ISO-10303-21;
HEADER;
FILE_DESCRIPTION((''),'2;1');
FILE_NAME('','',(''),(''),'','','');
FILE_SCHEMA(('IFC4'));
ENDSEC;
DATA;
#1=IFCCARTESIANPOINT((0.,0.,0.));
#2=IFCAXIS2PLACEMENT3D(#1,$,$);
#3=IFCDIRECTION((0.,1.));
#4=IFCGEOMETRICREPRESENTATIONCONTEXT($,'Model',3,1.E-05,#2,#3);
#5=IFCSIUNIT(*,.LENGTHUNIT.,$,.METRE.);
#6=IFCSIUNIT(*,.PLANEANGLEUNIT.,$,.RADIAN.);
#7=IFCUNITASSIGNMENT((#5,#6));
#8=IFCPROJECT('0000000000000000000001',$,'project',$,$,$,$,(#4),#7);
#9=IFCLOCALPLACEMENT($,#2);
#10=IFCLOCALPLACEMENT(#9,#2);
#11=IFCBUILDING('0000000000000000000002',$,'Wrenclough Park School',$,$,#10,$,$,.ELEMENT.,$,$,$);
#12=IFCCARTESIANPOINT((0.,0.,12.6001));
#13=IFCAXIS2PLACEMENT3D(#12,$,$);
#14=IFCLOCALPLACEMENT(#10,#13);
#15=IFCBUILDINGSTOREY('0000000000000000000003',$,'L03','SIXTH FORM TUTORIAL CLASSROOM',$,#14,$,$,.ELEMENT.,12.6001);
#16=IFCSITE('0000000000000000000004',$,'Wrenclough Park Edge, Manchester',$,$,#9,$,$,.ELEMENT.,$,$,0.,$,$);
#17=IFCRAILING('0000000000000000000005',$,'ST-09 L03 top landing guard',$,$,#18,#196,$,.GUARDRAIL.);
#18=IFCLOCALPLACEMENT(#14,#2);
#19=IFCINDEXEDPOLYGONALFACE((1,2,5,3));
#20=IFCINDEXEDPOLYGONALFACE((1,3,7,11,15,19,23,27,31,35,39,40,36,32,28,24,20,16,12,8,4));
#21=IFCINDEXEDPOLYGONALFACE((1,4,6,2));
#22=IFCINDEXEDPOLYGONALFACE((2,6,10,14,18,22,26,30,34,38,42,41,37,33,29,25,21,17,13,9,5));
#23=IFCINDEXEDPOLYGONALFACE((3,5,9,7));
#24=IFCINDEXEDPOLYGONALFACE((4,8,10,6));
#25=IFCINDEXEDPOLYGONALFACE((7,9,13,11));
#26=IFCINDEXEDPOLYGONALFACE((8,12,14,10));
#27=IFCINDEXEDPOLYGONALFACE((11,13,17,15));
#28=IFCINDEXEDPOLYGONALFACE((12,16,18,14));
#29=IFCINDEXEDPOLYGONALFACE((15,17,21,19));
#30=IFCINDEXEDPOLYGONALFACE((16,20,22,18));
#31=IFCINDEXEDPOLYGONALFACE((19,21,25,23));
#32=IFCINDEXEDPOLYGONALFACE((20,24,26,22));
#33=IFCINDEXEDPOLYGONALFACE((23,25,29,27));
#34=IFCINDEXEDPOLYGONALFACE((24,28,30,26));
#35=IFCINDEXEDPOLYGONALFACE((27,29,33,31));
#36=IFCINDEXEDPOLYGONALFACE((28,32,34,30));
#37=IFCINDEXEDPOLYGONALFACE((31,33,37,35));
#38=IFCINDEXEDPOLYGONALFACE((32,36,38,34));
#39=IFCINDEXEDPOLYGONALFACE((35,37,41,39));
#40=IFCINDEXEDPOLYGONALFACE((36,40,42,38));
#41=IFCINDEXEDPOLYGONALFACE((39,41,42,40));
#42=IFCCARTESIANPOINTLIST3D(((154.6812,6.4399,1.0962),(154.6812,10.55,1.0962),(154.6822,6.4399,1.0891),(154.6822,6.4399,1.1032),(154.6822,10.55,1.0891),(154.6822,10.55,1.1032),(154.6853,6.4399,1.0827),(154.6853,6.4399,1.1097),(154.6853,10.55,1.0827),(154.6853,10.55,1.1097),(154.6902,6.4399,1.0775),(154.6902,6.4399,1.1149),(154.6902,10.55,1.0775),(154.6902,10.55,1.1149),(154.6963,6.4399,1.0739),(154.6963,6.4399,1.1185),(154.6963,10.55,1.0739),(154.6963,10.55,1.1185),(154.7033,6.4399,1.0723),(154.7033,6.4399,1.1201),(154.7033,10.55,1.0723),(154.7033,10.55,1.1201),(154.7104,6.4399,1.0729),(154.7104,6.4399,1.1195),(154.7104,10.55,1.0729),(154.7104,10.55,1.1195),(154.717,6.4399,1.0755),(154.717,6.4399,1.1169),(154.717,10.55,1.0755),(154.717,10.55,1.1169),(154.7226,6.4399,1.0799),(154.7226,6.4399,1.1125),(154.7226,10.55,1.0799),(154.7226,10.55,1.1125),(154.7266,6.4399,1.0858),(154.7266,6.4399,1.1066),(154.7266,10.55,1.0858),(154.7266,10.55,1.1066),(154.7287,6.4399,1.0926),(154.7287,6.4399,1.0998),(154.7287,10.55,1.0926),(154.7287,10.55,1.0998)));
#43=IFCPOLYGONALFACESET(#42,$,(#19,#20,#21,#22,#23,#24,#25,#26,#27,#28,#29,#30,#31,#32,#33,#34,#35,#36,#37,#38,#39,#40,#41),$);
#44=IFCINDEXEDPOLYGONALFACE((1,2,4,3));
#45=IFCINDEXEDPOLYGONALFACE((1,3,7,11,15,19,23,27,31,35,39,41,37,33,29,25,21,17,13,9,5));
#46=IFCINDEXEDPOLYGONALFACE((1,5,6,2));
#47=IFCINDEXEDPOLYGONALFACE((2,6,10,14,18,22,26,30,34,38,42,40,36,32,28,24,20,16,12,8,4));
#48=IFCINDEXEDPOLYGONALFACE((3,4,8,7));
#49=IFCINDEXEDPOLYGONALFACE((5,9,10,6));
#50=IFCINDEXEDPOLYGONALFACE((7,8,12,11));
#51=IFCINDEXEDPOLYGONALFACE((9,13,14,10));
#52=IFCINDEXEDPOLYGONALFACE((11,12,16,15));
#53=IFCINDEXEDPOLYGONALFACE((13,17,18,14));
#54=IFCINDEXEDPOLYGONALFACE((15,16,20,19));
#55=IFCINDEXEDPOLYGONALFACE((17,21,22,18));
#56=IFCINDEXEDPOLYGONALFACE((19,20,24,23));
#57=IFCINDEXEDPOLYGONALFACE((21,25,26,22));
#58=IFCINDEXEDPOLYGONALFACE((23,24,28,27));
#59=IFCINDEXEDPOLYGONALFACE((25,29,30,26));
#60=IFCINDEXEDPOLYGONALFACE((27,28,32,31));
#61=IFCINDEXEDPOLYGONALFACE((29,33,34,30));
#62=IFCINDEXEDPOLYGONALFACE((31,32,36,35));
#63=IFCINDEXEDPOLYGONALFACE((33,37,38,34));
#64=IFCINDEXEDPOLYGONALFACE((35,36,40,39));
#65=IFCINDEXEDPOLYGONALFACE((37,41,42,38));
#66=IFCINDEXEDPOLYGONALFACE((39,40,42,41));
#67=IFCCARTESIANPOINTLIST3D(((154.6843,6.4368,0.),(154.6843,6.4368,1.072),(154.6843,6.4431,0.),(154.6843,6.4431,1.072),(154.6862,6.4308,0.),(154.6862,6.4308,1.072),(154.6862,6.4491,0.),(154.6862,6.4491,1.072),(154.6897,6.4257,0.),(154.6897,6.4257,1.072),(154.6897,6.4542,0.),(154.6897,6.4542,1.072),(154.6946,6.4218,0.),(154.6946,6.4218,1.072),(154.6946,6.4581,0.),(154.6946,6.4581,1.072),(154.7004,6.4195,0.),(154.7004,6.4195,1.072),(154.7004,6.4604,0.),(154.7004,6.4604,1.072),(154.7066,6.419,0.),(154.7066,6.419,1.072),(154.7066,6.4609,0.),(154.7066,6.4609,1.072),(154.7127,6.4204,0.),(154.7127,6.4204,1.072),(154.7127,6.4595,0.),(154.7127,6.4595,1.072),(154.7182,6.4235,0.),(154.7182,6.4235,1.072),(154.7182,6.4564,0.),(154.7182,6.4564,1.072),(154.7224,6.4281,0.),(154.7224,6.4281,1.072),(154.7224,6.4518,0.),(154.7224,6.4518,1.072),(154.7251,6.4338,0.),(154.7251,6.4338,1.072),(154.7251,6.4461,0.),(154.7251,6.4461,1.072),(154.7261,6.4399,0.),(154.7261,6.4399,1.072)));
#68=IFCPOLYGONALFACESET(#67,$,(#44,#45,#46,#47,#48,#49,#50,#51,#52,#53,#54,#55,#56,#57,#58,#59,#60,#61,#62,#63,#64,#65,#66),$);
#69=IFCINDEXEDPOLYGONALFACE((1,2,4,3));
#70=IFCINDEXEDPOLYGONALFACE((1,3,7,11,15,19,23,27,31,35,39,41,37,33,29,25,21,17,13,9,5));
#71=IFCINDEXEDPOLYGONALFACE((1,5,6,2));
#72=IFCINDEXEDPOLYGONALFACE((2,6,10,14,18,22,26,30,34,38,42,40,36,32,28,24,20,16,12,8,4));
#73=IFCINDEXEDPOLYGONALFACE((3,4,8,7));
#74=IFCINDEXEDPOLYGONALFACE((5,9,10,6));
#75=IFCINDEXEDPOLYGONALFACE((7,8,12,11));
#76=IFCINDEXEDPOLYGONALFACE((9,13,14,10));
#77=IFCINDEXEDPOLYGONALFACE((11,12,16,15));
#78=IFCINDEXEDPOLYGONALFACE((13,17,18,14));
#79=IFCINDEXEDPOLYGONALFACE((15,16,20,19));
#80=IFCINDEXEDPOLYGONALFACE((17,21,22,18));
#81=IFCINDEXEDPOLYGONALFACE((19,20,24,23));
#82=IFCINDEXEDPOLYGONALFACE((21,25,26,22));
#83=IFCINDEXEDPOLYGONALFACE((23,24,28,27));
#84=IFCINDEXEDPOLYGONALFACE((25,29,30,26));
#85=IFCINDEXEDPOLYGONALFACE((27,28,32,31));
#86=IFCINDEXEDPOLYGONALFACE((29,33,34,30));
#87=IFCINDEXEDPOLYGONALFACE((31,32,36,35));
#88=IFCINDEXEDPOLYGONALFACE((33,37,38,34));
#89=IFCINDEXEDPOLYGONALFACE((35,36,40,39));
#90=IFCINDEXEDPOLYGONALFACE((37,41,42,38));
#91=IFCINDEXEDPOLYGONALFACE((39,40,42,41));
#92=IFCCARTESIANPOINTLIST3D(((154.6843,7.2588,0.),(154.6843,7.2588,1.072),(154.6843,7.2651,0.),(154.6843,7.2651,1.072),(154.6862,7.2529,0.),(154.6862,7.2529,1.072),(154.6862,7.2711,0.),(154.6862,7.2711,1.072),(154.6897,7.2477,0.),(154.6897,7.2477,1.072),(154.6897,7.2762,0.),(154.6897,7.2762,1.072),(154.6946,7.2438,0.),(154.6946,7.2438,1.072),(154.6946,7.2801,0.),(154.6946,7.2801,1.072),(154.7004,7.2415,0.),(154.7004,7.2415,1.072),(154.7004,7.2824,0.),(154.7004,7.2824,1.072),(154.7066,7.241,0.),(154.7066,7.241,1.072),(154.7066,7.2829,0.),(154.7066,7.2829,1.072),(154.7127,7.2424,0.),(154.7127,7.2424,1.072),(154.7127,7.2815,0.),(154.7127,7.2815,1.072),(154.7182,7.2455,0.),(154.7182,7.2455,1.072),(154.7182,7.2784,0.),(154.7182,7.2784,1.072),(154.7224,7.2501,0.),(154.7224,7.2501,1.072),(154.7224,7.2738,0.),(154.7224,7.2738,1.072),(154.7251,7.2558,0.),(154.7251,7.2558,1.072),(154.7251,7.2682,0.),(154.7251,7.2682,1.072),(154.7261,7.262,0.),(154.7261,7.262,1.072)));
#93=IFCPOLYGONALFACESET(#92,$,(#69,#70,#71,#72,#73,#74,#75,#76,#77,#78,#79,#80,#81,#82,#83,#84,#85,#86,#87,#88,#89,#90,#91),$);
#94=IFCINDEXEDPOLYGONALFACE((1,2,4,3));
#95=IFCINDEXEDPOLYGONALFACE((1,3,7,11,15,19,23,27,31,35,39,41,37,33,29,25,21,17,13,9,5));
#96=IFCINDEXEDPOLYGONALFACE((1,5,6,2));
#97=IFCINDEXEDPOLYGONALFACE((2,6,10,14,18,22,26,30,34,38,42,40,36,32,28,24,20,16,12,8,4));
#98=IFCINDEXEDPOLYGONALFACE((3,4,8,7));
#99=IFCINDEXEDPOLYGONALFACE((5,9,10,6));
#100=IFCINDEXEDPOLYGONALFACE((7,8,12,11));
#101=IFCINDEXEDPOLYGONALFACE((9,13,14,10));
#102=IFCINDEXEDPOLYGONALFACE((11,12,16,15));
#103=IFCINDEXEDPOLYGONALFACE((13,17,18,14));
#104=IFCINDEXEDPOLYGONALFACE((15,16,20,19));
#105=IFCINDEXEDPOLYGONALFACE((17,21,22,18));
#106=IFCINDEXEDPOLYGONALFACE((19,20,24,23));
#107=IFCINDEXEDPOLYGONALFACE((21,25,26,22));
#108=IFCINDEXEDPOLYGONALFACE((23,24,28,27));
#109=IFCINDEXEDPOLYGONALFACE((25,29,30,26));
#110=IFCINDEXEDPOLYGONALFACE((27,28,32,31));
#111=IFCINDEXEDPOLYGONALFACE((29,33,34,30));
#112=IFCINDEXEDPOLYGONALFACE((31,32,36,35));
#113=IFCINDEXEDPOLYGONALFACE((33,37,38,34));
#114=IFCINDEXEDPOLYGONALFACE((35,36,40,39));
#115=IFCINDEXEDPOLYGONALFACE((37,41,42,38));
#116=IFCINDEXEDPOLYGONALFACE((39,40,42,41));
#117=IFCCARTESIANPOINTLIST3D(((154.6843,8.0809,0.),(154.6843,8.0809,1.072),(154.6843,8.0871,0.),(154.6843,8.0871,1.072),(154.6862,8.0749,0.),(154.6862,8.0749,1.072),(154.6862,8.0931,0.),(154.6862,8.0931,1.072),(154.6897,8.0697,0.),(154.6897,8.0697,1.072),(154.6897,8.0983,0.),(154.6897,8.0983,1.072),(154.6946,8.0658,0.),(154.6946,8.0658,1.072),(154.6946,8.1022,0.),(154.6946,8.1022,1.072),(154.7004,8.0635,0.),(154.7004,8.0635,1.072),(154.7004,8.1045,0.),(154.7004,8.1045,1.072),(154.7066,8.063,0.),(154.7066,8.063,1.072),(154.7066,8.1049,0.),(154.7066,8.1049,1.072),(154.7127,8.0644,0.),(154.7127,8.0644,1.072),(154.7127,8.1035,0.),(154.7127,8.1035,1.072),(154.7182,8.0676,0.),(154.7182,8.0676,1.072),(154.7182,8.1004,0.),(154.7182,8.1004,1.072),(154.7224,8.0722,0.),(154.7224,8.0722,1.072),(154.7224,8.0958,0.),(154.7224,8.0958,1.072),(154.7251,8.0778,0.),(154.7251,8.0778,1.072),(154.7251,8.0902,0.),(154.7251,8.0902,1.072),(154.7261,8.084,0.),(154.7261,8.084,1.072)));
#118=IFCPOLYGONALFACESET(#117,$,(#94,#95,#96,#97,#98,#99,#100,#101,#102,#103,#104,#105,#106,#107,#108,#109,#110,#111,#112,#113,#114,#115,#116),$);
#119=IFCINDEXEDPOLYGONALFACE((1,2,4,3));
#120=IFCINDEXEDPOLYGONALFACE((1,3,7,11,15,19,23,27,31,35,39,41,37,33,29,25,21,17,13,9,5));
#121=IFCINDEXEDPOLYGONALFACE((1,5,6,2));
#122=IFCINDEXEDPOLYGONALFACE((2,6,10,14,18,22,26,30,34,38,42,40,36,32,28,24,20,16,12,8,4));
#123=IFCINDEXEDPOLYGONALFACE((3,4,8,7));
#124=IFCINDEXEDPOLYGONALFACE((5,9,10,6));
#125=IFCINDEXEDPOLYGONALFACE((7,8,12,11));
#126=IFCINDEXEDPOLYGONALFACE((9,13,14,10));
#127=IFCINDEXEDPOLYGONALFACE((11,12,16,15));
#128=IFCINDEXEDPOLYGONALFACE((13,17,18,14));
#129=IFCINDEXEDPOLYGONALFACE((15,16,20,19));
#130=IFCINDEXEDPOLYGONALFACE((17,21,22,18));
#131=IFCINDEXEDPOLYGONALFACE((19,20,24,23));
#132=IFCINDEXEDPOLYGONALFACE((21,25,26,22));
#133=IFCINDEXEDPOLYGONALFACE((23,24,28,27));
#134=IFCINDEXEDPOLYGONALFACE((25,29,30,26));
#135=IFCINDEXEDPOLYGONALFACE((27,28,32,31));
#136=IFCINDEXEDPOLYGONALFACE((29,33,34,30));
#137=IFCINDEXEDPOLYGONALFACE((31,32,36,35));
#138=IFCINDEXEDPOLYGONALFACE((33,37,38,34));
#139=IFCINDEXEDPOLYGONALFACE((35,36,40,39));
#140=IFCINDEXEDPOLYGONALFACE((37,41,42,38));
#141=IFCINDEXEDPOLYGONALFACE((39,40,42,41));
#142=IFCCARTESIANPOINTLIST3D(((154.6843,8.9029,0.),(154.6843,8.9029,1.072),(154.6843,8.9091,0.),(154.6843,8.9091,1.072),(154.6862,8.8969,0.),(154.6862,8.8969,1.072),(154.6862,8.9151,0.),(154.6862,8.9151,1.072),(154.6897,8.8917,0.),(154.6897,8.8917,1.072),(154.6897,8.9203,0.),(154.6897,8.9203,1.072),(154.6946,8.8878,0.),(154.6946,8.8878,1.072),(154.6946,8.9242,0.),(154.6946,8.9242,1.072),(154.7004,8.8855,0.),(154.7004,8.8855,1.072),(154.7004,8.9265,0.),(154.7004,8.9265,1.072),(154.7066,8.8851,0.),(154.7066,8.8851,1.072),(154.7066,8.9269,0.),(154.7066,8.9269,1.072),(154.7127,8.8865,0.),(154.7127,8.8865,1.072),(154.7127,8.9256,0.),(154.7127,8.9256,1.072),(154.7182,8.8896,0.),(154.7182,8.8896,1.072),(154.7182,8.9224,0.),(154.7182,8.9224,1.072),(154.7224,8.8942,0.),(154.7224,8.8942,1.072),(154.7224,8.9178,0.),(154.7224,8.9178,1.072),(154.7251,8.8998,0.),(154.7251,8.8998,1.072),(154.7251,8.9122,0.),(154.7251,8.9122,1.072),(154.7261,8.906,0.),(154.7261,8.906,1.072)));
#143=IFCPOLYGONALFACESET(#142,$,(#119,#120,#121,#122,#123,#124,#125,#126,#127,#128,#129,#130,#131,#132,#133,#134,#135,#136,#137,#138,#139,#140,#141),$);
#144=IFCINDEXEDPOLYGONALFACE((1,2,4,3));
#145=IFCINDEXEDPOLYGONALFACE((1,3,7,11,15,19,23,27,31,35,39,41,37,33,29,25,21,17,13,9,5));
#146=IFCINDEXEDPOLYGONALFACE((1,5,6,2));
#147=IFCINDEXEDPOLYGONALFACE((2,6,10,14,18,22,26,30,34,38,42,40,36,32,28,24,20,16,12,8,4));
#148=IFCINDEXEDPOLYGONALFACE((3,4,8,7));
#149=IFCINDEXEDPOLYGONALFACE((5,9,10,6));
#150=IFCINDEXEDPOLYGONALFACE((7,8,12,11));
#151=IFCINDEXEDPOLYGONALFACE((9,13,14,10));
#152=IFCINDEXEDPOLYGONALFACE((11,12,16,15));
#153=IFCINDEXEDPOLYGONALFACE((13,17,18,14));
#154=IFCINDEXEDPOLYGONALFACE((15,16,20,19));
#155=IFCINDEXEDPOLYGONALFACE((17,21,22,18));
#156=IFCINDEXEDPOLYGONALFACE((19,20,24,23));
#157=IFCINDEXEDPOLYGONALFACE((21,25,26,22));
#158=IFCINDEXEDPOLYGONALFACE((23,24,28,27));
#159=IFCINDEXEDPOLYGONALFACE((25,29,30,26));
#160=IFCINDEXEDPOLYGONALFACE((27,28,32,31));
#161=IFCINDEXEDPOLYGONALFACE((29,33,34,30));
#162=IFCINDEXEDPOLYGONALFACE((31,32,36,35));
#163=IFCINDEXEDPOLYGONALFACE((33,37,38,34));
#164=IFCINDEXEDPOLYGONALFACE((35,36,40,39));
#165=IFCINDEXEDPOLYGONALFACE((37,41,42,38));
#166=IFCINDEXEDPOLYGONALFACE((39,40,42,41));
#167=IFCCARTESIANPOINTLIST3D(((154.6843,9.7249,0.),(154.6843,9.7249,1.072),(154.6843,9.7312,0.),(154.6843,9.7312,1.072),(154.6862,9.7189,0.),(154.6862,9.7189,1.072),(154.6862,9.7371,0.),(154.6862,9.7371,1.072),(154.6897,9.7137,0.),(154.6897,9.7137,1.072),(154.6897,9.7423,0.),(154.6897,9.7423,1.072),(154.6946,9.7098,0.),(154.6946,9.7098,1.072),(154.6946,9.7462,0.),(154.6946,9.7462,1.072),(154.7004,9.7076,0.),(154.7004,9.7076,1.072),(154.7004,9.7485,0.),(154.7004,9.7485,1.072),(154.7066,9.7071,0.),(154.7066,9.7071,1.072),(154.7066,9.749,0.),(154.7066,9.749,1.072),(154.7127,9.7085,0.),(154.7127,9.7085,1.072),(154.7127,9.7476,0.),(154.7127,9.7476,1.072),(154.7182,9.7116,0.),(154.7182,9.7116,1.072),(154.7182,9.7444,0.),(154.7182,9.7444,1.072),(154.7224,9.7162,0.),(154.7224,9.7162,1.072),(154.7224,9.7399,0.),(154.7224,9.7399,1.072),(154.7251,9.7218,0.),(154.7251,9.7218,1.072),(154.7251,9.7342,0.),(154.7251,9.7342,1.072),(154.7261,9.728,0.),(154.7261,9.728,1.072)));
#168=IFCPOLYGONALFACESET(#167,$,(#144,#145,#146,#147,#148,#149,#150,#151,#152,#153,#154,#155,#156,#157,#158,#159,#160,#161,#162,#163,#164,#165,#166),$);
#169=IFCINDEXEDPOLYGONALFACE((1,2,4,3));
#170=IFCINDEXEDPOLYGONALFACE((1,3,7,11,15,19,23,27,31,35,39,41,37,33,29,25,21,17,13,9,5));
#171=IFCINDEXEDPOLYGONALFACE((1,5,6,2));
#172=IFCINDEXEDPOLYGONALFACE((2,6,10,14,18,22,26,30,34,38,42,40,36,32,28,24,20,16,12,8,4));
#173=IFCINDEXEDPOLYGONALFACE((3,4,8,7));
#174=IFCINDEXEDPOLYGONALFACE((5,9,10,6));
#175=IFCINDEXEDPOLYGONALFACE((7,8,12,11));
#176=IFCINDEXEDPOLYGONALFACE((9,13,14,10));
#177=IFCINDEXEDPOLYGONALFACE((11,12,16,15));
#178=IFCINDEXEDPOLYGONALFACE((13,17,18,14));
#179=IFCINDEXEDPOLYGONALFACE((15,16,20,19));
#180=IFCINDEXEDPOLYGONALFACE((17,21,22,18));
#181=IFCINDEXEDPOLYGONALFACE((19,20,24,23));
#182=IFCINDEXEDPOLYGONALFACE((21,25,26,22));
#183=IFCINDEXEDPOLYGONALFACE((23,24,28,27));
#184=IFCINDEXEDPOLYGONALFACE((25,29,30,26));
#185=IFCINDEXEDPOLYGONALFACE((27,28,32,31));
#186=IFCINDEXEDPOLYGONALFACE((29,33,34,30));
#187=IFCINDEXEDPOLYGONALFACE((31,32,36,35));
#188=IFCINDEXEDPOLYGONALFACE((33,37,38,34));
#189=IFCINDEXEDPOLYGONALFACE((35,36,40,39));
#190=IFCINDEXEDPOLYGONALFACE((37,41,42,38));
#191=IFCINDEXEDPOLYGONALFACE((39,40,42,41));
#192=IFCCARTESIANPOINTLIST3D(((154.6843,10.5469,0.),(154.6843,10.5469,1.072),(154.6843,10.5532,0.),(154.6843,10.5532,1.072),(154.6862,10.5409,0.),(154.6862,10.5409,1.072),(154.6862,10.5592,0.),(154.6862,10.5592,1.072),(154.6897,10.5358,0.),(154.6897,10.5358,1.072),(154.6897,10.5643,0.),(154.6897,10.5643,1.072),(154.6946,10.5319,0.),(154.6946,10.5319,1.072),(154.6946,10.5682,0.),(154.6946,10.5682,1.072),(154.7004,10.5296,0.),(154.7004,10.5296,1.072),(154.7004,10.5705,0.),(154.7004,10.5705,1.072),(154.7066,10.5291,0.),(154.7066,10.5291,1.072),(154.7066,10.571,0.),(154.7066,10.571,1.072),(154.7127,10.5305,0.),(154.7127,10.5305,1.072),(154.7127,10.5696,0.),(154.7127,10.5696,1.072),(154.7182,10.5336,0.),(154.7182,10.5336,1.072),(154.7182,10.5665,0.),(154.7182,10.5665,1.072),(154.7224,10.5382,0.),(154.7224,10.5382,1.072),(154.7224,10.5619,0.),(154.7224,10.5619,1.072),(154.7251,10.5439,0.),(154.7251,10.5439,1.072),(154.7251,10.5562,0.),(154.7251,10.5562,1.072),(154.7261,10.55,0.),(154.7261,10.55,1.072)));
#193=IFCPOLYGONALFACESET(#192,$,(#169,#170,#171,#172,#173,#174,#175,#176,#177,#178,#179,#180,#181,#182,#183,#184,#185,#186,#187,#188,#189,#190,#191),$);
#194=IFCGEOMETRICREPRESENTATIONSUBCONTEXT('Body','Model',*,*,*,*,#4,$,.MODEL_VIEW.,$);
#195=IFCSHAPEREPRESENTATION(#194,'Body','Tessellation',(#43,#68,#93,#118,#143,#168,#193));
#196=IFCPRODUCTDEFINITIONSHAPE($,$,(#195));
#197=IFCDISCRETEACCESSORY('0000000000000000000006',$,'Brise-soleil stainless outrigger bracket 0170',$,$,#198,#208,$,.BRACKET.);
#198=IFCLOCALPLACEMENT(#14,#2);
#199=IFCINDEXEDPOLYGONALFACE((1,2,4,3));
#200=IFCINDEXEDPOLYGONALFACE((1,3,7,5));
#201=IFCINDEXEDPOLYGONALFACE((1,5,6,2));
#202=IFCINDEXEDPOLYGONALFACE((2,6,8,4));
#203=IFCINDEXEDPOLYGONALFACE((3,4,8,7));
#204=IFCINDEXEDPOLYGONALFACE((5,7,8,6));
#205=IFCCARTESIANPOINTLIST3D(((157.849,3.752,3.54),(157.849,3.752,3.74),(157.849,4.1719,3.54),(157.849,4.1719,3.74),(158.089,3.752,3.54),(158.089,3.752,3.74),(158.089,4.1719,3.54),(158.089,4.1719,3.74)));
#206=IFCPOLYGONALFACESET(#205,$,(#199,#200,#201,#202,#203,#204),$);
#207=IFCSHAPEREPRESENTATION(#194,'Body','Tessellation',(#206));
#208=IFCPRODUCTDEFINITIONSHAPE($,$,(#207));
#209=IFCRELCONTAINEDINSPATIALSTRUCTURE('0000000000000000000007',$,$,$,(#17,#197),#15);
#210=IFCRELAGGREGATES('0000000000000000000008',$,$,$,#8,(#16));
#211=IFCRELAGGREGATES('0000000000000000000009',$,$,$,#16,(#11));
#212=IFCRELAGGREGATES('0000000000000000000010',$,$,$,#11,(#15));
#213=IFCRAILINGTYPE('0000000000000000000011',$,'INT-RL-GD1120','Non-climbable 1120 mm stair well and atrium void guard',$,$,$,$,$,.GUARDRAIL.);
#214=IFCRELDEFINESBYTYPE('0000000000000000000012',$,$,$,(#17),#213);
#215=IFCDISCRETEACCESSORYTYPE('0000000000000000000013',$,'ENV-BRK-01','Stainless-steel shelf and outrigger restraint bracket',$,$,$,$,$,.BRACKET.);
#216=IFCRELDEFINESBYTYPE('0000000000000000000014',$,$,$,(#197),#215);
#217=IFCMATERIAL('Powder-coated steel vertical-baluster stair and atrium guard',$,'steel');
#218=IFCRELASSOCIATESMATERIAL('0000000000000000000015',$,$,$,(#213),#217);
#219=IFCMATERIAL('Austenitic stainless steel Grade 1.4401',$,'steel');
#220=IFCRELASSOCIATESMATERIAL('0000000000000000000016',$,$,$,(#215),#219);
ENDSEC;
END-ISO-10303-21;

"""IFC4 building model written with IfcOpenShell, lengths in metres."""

from ifc_helpers import new_model, si_unit, direction, frame, origin, origin_2d, place, context, subcontext, project, spatial, rectangle, circle, extrude, material, type_object, element, save


model = new_model("IFC4")

# Units and contexts
model_context = context("Model", 3, precision=1e-05, world=origin(), true_north=direction((0.0, 1.0)))
body_context = subcontext(model_context, "Body", "Model", "MODEL_VIEW")
ifc_project = project(units=[si_unit("LENGTHUNIT", "METRE"), si_unit("PLANEANGLEUNIT", "RADIAN")], contexts=[model_context])

# Site, building, storey
site_placement = place(None, origin())
site = spatial("IfcSite", under=ifc_project, at=site_placement, Name="Wrenclough Park Edge, Manchester", CompositionType="ELEMENT", RefElevation=0.0)
building_placement = place(site_placement, origin())
building = spatial("IfcBuilding", under=site, at=building_placement, Name="Wrenclough Park School", CompositionType="ELEMENT")
storey_placement = place(building_placement, frame((0.0, 0.0, 12.6001)))
storey = spatial("IfcBuildingStorey", under=building, at=storey_placement, Name="L03", Description="SIXTH FORM TUTORIAL CLASSROOM", CompositionType="ELEMENT", Elevation=12.6001)

# Railing
ifc_material_1 = material(Name="Powder-coated steel vertical-baluster stair and atrium guard", Category="steel")
railing_type = type_object("IfcRailingType", Name="INT-RL-GD1120", Description="Non-climbable 1120 mm stair well and atrium void guard", PredefinedType="GUARDRAIL", material=ifc_material_1)
railing_placement = place(storey_placement, frame((154.7051, 6.4399, 0.0)))
element("IfcRailing", 1, at=railing_placement, inside=storey, type_object=railing_type, Name="ST-09 L03 top landing guard", PredefinedType="GUARDRAIL", context=body_context, shape_type="SweptSolid", body=[
    extrude(circle(Radius=0.0239, at=origin_2d()), frame((0.0, 0.0, 1.0962), z_axis=(0.0, 1.0, 0.0), x_axis=(-1.0, 0.0, 0.0)), (0.0, 0.0, 1.0), 4.1101),
    extrude(circle(Radius=0.021, at=origin_2d()), origin(), (0.0, 0.0, 1.0), 1.072),
    extrude(circle(Radius=0.021, at=origin_2d()), frame((0.0, 0.822, 0.0)), (0.0, 0.0, 1.0), 1.072),
    extrude(circle(Radius=0.021, at=origin_2d()), frame((0.0, 1.644, 0.0)), (0.0, 0.0, 1.0), 1.072),
    extrude(circle(Radius=0.021, at=origin_2d()), frame((0.0, 2.4661, 0.0)), (0.0, 0.0, 1.0), 1.072),
    extrude(circle(Radius=0.021, at=origin_2d()), frame((0.0, 3.2881, 0.0)), (0.0, 0.0, 1.0), 1.072),
    extrude(circle(Radius=0.021, at=origin_2d()), frame((0.0, 4.1101, 0.0)), (0.0, 0.0, 1.0), 1.072),
])

# Discrete accessory
ifc_material_2 = material(Name="Austenitic stainless steel Grade 1.4401", Category="steel")
discrete_accessory_type = type_object("IfcDiscreteAccessoryType", Name="ENV-BRK-01", Description="Stainless-steel shelf and outrigger restraint bracket", PredefinedType="BRACKET", material=ifc_material_2)
discrete_accessory_placement = place(storey_placement, frame((157.969, 3.9619, 3.54), z_axis=(0.0, 0.0, 1.0), x_axis=(1.0, 0.0, 0.0)))
element("IfcDiscreteAccessory", 2, at=discrete_accessory_placement, inside=storey, type_object=discrete_accessory_type, Name="Brise-soleil stainless outrigger bracket 0170", PredefinedType="BRACKET", context=body_context, shape_type="SweptSolid", body=[
    extrude(rectangle(XDim=0.24, YDim=0.4199, at=origin_2d()), origin(), (0.0, 0.0, 1.0), 0.2),
])

save(model, "model.ifc")
